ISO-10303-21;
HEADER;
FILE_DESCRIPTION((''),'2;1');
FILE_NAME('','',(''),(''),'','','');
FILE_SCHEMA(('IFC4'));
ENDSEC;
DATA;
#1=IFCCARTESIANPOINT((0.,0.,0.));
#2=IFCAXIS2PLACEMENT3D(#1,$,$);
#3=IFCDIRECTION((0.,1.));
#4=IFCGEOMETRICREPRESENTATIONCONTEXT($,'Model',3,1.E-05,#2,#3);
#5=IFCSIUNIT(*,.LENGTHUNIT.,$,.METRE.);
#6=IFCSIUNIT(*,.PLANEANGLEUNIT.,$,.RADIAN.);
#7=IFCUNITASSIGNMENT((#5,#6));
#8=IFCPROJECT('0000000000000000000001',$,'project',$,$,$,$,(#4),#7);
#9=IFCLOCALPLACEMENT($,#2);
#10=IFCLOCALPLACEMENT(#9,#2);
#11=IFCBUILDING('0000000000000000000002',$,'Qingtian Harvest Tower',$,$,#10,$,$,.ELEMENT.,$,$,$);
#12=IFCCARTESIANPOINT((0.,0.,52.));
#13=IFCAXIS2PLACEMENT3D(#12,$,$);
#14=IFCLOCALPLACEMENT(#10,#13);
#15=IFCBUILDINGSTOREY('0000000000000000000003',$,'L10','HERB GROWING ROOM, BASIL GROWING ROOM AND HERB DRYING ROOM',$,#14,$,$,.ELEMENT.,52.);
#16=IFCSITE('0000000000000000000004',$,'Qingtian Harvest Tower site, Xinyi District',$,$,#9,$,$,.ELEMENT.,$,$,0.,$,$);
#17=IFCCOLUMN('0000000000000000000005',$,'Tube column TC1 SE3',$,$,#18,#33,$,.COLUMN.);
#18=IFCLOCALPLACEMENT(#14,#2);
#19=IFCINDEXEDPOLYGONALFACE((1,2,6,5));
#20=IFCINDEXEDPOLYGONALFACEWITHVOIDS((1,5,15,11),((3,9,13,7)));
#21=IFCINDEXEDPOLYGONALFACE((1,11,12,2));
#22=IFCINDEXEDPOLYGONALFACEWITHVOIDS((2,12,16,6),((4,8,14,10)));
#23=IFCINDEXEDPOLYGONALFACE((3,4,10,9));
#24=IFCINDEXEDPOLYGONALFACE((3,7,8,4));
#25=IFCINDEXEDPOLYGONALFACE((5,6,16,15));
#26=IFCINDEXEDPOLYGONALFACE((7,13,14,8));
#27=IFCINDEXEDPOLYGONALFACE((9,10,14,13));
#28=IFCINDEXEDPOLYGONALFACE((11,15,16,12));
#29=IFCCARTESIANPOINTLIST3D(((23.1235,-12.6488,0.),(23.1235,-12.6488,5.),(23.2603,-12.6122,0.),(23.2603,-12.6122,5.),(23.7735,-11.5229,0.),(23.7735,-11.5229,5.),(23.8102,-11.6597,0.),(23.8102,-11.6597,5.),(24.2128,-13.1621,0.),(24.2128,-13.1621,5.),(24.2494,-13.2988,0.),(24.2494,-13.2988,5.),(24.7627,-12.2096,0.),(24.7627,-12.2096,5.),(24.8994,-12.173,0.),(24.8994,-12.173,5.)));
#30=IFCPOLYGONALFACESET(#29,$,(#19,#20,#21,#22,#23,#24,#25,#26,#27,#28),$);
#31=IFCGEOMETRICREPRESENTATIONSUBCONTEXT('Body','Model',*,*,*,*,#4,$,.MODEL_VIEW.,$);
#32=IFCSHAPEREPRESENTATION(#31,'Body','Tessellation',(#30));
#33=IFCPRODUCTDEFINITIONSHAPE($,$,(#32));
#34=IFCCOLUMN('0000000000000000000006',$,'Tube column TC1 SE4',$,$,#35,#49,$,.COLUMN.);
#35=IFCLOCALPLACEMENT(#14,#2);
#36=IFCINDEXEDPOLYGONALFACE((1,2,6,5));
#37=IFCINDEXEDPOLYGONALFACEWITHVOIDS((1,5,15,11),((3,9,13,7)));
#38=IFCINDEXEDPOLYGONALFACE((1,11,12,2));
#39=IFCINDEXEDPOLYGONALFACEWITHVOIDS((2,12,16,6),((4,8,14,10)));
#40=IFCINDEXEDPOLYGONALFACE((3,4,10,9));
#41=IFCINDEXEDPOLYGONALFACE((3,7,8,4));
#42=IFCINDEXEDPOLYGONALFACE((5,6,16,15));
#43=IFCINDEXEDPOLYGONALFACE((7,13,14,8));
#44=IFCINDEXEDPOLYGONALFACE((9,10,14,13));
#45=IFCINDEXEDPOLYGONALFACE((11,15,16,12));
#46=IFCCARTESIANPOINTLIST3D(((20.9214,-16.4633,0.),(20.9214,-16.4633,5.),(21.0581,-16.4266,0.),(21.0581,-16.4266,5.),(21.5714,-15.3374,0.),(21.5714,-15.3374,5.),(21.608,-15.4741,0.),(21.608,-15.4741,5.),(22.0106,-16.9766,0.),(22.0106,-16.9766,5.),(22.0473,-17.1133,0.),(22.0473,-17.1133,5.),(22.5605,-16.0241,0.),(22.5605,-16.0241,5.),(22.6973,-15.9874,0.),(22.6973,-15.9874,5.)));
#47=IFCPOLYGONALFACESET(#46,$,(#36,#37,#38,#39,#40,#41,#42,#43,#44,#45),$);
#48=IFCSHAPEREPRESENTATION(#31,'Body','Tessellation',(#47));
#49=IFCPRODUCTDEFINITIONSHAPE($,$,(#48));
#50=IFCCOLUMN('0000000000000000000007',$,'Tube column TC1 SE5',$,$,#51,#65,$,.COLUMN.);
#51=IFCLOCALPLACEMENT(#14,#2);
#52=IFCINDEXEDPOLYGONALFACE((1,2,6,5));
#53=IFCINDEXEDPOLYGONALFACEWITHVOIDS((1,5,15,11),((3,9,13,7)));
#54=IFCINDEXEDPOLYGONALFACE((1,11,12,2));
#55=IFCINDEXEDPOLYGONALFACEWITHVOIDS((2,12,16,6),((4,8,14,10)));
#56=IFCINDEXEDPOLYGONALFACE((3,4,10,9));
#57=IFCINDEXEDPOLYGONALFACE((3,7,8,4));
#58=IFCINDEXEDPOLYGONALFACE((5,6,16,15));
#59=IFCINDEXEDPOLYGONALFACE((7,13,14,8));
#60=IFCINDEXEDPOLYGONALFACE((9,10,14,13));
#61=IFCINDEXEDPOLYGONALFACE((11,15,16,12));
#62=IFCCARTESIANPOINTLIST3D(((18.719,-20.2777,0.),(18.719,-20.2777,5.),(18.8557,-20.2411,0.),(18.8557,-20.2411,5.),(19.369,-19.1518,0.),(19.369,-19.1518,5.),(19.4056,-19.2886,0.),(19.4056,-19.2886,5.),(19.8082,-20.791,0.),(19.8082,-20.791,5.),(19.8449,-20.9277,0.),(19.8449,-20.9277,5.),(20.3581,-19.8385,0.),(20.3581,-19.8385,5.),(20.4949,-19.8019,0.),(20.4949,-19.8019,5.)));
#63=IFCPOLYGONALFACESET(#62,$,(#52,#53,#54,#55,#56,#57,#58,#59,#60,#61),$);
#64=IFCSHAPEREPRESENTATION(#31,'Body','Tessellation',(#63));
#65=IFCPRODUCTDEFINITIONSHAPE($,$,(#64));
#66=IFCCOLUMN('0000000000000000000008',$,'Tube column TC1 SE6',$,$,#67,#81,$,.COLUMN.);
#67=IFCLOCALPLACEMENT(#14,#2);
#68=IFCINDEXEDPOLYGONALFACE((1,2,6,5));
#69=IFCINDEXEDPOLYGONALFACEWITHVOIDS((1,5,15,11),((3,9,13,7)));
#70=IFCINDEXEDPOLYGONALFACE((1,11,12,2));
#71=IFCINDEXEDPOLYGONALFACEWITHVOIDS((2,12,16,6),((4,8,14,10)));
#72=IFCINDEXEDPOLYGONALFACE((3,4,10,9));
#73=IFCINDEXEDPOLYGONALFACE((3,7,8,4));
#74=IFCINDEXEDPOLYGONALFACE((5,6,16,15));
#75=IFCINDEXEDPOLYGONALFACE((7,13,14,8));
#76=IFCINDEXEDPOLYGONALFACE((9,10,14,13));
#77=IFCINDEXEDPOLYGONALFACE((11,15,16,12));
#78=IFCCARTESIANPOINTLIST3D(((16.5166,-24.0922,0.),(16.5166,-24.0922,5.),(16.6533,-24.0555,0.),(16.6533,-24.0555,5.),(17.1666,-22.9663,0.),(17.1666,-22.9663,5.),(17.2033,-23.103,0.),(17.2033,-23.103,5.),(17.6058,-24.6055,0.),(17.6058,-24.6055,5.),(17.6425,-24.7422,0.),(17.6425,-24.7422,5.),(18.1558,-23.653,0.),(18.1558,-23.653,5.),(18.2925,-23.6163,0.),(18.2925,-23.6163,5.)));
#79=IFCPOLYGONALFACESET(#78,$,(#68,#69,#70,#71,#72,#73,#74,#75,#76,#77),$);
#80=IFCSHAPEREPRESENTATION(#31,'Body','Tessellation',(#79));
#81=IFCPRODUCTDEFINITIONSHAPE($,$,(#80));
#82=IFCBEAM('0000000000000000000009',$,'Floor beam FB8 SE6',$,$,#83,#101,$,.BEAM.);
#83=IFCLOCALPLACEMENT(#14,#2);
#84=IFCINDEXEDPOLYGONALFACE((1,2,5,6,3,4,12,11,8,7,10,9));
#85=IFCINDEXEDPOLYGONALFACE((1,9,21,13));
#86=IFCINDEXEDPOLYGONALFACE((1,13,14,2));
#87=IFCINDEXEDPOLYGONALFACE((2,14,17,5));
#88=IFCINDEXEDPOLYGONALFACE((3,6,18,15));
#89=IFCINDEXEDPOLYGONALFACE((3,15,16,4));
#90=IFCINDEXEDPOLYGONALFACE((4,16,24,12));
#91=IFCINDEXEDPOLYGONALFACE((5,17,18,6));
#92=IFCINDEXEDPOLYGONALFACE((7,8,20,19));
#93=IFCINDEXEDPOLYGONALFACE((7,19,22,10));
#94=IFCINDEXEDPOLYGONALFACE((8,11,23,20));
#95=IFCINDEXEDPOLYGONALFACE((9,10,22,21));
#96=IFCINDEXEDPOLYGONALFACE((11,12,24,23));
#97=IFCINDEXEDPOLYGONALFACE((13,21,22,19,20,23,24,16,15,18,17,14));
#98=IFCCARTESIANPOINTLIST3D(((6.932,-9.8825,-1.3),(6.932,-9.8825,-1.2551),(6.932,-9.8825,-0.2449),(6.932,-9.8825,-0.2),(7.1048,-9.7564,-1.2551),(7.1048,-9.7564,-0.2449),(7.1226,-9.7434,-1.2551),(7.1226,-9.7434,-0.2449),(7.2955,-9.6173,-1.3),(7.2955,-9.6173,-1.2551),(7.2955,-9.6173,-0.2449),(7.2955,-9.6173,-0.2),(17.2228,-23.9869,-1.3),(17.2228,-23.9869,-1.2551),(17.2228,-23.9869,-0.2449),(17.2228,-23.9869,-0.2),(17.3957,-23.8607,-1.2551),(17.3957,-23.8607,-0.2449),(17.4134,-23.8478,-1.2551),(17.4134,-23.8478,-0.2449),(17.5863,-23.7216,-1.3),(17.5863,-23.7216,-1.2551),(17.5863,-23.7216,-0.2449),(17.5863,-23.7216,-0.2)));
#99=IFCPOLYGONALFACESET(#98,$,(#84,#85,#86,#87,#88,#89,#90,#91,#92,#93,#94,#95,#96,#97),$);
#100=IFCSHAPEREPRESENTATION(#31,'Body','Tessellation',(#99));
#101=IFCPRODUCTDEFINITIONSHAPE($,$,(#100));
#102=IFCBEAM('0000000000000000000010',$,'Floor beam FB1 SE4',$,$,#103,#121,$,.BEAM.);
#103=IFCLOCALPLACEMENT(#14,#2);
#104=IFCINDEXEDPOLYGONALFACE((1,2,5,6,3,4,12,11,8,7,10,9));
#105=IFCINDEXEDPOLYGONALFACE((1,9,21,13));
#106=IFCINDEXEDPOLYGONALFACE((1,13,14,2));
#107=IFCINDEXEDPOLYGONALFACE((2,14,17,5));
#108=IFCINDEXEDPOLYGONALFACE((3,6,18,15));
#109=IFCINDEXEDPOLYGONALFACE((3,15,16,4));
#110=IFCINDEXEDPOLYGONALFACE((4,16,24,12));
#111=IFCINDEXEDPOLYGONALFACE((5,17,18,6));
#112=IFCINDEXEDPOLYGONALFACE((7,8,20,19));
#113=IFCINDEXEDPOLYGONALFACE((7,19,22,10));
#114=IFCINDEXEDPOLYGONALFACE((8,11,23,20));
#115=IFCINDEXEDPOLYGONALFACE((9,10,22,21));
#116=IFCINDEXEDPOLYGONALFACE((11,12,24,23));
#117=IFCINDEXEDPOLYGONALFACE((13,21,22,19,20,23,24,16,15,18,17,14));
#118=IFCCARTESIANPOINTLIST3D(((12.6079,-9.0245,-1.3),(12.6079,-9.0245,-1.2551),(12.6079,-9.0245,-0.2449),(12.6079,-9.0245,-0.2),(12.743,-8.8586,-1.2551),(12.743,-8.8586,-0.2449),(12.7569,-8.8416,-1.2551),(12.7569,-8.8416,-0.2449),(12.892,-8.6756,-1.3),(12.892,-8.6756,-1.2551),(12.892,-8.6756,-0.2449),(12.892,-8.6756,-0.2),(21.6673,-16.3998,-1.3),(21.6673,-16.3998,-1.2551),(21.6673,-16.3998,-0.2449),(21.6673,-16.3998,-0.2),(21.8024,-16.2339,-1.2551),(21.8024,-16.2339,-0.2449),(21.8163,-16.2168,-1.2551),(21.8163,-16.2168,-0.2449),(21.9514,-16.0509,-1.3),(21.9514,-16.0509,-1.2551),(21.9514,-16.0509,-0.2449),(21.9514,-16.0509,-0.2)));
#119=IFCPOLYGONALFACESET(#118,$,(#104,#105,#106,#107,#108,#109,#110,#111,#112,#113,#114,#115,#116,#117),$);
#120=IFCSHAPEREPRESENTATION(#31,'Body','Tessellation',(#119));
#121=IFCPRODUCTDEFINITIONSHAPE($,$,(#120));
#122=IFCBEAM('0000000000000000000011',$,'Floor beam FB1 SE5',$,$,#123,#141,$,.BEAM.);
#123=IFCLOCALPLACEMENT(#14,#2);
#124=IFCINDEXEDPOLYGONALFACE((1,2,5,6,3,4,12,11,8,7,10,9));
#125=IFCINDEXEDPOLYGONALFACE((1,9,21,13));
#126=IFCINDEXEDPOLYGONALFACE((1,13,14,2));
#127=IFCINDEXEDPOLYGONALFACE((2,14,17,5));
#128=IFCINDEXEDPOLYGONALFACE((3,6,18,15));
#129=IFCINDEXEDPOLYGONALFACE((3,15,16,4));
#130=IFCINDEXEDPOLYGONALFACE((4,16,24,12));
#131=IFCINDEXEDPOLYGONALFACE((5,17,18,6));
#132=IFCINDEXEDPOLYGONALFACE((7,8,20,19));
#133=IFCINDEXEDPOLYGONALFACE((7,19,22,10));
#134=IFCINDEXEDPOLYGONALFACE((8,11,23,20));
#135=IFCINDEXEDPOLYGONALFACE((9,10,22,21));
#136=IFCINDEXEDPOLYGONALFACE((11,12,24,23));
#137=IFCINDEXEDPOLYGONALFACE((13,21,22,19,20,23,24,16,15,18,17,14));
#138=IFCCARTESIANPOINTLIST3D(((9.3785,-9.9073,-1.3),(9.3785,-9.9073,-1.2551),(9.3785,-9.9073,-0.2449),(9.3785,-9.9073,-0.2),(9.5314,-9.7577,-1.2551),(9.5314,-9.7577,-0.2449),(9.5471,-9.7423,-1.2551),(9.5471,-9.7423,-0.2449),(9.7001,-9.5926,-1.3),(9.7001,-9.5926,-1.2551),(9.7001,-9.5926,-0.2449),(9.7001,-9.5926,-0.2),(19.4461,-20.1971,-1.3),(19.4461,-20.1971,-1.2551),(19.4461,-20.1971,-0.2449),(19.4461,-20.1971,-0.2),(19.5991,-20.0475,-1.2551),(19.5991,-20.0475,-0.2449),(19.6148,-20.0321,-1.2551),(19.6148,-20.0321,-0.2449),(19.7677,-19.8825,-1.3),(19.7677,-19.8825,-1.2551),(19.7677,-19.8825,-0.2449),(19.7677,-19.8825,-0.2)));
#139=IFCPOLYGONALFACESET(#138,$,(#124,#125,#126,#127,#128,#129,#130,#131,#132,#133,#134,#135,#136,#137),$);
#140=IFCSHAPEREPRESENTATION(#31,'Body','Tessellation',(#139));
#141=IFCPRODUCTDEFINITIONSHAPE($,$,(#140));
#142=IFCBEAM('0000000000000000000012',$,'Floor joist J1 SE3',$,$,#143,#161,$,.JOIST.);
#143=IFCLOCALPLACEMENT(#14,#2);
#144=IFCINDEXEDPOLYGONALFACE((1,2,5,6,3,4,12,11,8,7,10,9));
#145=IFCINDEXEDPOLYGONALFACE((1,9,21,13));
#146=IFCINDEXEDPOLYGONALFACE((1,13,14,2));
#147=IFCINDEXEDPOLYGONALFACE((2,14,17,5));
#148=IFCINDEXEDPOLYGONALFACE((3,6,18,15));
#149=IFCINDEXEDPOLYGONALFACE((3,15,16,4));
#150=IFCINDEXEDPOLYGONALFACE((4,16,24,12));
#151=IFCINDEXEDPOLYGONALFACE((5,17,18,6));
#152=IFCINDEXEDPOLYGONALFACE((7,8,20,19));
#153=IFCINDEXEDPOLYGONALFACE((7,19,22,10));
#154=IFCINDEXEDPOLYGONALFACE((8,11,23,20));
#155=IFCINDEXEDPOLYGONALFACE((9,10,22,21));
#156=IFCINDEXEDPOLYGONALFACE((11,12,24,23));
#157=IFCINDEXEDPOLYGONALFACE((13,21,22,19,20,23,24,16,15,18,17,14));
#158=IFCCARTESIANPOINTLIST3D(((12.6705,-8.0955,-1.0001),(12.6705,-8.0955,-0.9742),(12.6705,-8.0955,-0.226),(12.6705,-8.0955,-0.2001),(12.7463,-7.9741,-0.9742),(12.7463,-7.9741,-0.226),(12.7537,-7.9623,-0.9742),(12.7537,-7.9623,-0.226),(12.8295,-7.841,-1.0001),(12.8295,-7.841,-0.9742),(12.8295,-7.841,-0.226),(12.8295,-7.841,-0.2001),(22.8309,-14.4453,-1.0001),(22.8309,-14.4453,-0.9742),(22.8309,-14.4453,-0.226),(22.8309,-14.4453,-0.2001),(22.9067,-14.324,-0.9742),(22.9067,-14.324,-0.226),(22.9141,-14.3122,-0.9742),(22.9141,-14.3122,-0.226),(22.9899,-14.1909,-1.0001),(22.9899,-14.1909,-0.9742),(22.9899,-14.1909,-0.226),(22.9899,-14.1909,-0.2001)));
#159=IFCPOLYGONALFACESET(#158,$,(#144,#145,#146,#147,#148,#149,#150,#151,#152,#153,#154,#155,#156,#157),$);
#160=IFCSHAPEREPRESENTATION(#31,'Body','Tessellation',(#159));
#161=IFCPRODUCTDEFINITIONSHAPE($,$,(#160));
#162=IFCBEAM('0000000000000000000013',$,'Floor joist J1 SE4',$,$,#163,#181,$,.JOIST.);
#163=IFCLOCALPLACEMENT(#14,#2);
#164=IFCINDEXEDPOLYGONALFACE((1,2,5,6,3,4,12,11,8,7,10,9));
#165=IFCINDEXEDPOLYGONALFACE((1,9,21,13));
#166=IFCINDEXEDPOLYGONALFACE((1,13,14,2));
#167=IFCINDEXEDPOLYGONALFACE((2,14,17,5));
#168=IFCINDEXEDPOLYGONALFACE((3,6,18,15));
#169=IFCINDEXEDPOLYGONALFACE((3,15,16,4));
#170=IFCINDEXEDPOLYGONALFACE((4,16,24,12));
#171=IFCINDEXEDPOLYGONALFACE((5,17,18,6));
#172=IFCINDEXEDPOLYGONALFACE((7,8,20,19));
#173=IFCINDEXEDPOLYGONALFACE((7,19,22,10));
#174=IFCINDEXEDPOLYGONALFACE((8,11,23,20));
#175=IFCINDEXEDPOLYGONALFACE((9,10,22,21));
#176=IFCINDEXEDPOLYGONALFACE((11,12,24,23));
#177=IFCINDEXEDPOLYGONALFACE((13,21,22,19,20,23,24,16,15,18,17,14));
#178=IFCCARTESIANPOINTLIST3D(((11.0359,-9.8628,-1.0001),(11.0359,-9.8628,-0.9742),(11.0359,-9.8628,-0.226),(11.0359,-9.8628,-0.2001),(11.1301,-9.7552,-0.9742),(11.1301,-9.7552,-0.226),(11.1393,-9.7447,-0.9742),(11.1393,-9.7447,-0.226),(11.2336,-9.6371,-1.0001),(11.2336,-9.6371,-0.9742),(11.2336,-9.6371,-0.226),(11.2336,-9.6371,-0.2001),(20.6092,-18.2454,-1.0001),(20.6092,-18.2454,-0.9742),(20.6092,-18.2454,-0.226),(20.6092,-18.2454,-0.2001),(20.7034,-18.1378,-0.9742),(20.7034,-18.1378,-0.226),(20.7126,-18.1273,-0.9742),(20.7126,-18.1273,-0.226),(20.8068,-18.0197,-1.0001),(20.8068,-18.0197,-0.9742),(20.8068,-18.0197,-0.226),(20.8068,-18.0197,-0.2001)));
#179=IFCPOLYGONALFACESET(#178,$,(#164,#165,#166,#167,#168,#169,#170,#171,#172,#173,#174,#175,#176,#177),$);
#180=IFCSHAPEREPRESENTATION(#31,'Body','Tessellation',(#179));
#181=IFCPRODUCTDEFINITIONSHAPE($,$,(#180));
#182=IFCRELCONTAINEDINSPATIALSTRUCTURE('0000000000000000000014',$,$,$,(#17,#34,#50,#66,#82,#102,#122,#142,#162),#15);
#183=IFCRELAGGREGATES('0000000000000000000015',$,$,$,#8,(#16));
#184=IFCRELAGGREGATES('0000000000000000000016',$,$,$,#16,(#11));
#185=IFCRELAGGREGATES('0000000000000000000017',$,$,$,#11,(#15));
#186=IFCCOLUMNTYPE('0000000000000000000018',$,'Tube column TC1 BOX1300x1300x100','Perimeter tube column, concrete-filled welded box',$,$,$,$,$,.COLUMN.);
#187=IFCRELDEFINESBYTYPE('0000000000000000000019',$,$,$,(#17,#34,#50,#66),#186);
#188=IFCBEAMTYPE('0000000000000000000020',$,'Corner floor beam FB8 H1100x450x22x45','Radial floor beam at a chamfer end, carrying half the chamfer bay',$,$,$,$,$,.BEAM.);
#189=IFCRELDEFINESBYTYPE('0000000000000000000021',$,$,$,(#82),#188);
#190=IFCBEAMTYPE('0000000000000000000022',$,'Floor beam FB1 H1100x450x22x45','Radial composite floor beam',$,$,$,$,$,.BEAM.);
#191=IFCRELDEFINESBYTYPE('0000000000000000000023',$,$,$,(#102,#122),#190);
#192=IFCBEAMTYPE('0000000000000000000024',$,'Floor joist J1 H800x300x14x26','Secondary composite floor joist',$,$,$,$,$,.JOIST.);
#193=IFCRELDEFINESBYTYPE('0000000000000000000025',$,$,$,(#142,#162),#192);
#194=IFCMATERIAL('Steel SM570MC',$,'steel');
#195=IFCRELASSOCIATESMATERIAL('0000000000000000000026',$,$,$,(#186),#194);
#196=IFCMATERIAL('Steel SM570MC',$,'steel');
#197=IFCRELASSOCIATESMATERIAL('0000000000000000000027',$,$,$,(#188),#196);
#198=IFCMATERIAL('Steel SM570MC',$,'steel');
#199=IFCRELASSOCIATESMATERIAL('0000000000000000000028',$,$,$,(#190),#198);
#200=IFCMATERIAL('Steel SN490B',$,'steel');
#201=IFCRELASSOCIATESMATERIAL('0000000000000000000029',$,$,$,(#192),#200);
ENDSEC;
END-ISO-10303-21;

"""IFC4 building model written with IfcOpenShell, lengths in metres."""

from ifc_helpers import new_model, si_unit, direction, frame, origin, origin_2d, place, context, subcontext, project, spatial, hollow_rectangle, i_section, extrude, material, material_profile, profile_set, type_object, element, save


model = new_model("IFC4")

# Units and contexts
model_context = context("Model", 3, precision=1e-05, world=origin(), true_north=direction((0.0, 1.0)))
body_context = subcontext(model_context, "Body", "Model", "MODEL_VIEW")
ifc_project = project(units=[si_unit("LENGTHUNIT", "METRE"), si_unit("PLANEANGLEUNIT", "RADIAN")], contexts=[model_context])

# Site, building, storey
site_placement = place(None, origin())
site = spatial("IfcSite", under=ifc_project, at=site_placement, Name="Qingtian Harvest Tower site, Xinyi District", CompositionType="ELEMENT", RefElevation=0.0)
building_placement = place(site_placement, origin())
building = spatial("IfcBuilding", under=site, at=building_placement, Name="Qingtian Harvest Tower", CompositionType="ELEMENT")
storey_placement = place(building_placement, frame((0.0, 0.0, 52.0)))
storey = spatial("IfcBuildingStorey", under=building, at=storey_placement, Name="L10", Description="HERB GROWING ROOM, BASIL GROWING ROOM AND HERB DRYING ROOM", CompositionType="ELEMENT", Elevation=52.0)

# Columns
ifc_material_1 = material(Name="Steel SM570MC", Category="steel")
ifc_material_profile_1 = material_profile(ifc_material_1, hollow_rectangle(XDim=1.3, YDim=1.3, WallThickness=0.1001, at=origin_2d()), Name="BOX1300x1300x100")
ifc_profile_set_1 = profile_set([ifc_material_profile_1], Name="Steel SM570MC")
column_type = type_object("IfcColumnType", Name="Tube column TC1 BOX1300x1300x100", Description="Perimeter tube column, concrete-filled welded box", PredefinedType="COLUMN", material=ifc_profile_set_1)
for number, where, z_axis, x_axis, name in (
    (1, (24.0115, -12.4109, 0.0), (0.0, 0.0, 1.0), (0.5, 0.866025, 0.0), "Tube column TC1 SE3"),
    (2, (21.8093, -16.2253, 0.0), (0.0, 0.0, 1.0), (0.5, 0.866025, 0.0), "Tube column TC1 SE4"),
    (3, (19.6069, -20.0398, 0.0), (0.0, 0.0, 1.0), (0.5, 0.866025, 0.0), "Tube column TC1 SE5"),
    (4, (17.4045, -23.8542, 0.0), (0.0, 0.0, 1.0), (0.5, 0.866025, 0.0), "Tube column TC1 SE6"),
):
    element("IfcColumn", number, at=place(storey_placement, frame(where, z_axis=z_axis, x_axis=x_axis)), inside=storey, type_object=column_type, Name=name, PredefinedType="COLUMN", context=body_context, shape_type="SweptSolid", body=[
        extrude(hollow_rectangle(XDim=1.3, YDim=1.3, WallThickness=0.1001, at=origin_2d()), origin(), (0.0, 0.0, 1.0), 5.0),
    ])

# Beams
ifc_material_2 = material(Name="Steel SM570MC", Category="steel")
ifc_material_profile_2 = material_profile(ifc_material_2, i_section(OverallWidth=0.45, OverallDepth=1.1001, WebThickness=0.022, FlangeThickness=0.0449, at=origin_2d()), Name="H1100x450x22x45")
ifc_profile_set_2 = profile_set([ifc_material_profile_2], Name="Steel SM570MC")
beam_type_1 = type_object("IfcBeamType", Name="Corner floor beam FB8 H1100x450x22x45", Description="Radial floor beam at a chamfer end, carrying half the chamfer bay", PredefinedType="BEAM", material=ifc_profile_set_2)
beam_1_placement = place(storey_placement, frame((17.4045, -23.8542, -0.75), z_axis=(-0.589412, 0.807832, 0.0), x_axis=(-0.807832, -0.589412, 0.0)))
element("IfcBeam", 5, at=beam_1_placement, inside=storey, type_object=beam_type_1, Name="Floor beam FB8 SE6", PredefinedType="BEAM", context=body_context, shape_type="SweptSolid", body=[
    extrude(i_section(OverallWidth=0.45, OverallDepth=1.1001, WebThickness=0.022, FlangeThickness=0.0449, at=origin_2d()), origin(), (0.0, 0.0, 1.0), 17.4595),
])
ifc_material_3 = material(Name="Steel SM570MC", Category="steel")
ifc_material_profile_3 = material_profile(ifc_material_3, i_section(OverallWidth=0.45, OverallDepth=1.1001, WebThickness=0.022, FlangeThickness=0.0449, at=origin_2d()), Name="H1100x450x22x45")
ifc_profile_set_3 = profile_set([ifc_material_profile_3], Name="Steel SM570MC")
beam_type_2 = type_object("IfcBeamType", Name="Floor beam FB1 H1100x450x22x45", Description="Radial composite floor beam", PredefinedType="BEAM", material=ifc_profile_set_3)
beam_2_placement = place(storey_placement, frame((21.8093, -16.2253, -0.75), z_axis=(-0.775504, 0.631342, 0.0), x_axis=(-0.631342, -0.775504, 0.0)))
element("IfcBeam", 6, at=beam_2_placement, inside=storey, type_object=beam_type_2, Name="Floor beam FB1 SE4", PredefinedType="BEAM", context=body_context, shape_type="SweptSolid", body=[
    extrude(i_section(OverallWidth=0.45, OverallDepth=1.1001, WebThickness=0.022, FlangeThickness=0.0449, at=origin_2d()), origin(), (0.0, 0.0, 1.0), 11.6819),
])
beam_3_placement = place(storey_placement, frame((19.6069, -20.0398, -0.75), z_axis=(-0.699348, 0.714781, 0.0), x_axis=(-0.714781, -0.699348, 0.0)))
element("IfcBeam", 7, at=beam_3_placement, inside=storey, type_object=beam_type_2, Name="Floor beam FB1 SE5", PredefinedType="BEAM", context=body_context, shape_type="SweptSolid", body=[
    extrude(i_section(OverallWidth=0.45, OverallDepth=1.1001, WebThickness=0.022, FlangeThickness=0.0449, at=origin_2d()), origin(), (0.0, 0.0, 1.0), 14.3958),
])
ifc_material_4 = material(Name="Steel SN490B", Category="steel")
ifc_material_profile_4 = material_profile(ifc_material_4, i_section(OverallWidth=0.3, OverallDepth=0.8, WebThickness=0.0139, FlangeThickness=0.0259, at=origin_2d()), Name="H800x300x14x26")
ifc_profile_set_4 = profile_set([ifc_material_profile_4], Name="Steel SN490B")
beam_type_3 = type_object("IfcBeamType", Name="Floor joist J1 H800x300x14x26", Description="Secondary composite floor joist", PredefinedType="JOIST", material=ifc_profile_set_4)
beam_4_placement = place(storey_placement, frame((22.9104, -14.3181, -0.6001), z_axis=(-0.848013, 0.529975, 0.0), x_axis=(-0.529975, -0.848013, 0.0)))
element("IfcBeam", 8, at=beam_4_placement, inside=storey, type_object=beam_type_3, Name="Floor joist J1 SE3", PredefinedType="JOIST", context=body_context, shape_type="SweptSolid", body=[
    extrude(i_section(OverallWidth=0.3, OverallDepth=0.8, WebThickness=0.0139, FlangeThickness=0.0259, at=origin_2d()), origin(), (0.0, 0.0, 1.0), 11.9814),
])
beam_5_placement = place(storey_placement, frame((20.708, -18.1326, -0.6001), z_axis=(-0.752344, 0.658771, 0.0), x_axis=(-0.658771, -0.752344, 0.0)))
element("IfcBeam", 9, at=beam_5_placement, inside=storey, type_object=beam_type_3, Name="Floor joist J1 SE4", PredefinedType="JOIST", context=body_context, shape_type="SweptSolid", body=[
    extrude(i_section(OverallWidth=0.3, OverallDepth=0.8, WebThickness=0.0139, FlangeThickness=0.0259, at=origin_2d()), origin(), (0.0, 0.0, 1.0), 12.7246),
])

save(model, "model.ifc")
